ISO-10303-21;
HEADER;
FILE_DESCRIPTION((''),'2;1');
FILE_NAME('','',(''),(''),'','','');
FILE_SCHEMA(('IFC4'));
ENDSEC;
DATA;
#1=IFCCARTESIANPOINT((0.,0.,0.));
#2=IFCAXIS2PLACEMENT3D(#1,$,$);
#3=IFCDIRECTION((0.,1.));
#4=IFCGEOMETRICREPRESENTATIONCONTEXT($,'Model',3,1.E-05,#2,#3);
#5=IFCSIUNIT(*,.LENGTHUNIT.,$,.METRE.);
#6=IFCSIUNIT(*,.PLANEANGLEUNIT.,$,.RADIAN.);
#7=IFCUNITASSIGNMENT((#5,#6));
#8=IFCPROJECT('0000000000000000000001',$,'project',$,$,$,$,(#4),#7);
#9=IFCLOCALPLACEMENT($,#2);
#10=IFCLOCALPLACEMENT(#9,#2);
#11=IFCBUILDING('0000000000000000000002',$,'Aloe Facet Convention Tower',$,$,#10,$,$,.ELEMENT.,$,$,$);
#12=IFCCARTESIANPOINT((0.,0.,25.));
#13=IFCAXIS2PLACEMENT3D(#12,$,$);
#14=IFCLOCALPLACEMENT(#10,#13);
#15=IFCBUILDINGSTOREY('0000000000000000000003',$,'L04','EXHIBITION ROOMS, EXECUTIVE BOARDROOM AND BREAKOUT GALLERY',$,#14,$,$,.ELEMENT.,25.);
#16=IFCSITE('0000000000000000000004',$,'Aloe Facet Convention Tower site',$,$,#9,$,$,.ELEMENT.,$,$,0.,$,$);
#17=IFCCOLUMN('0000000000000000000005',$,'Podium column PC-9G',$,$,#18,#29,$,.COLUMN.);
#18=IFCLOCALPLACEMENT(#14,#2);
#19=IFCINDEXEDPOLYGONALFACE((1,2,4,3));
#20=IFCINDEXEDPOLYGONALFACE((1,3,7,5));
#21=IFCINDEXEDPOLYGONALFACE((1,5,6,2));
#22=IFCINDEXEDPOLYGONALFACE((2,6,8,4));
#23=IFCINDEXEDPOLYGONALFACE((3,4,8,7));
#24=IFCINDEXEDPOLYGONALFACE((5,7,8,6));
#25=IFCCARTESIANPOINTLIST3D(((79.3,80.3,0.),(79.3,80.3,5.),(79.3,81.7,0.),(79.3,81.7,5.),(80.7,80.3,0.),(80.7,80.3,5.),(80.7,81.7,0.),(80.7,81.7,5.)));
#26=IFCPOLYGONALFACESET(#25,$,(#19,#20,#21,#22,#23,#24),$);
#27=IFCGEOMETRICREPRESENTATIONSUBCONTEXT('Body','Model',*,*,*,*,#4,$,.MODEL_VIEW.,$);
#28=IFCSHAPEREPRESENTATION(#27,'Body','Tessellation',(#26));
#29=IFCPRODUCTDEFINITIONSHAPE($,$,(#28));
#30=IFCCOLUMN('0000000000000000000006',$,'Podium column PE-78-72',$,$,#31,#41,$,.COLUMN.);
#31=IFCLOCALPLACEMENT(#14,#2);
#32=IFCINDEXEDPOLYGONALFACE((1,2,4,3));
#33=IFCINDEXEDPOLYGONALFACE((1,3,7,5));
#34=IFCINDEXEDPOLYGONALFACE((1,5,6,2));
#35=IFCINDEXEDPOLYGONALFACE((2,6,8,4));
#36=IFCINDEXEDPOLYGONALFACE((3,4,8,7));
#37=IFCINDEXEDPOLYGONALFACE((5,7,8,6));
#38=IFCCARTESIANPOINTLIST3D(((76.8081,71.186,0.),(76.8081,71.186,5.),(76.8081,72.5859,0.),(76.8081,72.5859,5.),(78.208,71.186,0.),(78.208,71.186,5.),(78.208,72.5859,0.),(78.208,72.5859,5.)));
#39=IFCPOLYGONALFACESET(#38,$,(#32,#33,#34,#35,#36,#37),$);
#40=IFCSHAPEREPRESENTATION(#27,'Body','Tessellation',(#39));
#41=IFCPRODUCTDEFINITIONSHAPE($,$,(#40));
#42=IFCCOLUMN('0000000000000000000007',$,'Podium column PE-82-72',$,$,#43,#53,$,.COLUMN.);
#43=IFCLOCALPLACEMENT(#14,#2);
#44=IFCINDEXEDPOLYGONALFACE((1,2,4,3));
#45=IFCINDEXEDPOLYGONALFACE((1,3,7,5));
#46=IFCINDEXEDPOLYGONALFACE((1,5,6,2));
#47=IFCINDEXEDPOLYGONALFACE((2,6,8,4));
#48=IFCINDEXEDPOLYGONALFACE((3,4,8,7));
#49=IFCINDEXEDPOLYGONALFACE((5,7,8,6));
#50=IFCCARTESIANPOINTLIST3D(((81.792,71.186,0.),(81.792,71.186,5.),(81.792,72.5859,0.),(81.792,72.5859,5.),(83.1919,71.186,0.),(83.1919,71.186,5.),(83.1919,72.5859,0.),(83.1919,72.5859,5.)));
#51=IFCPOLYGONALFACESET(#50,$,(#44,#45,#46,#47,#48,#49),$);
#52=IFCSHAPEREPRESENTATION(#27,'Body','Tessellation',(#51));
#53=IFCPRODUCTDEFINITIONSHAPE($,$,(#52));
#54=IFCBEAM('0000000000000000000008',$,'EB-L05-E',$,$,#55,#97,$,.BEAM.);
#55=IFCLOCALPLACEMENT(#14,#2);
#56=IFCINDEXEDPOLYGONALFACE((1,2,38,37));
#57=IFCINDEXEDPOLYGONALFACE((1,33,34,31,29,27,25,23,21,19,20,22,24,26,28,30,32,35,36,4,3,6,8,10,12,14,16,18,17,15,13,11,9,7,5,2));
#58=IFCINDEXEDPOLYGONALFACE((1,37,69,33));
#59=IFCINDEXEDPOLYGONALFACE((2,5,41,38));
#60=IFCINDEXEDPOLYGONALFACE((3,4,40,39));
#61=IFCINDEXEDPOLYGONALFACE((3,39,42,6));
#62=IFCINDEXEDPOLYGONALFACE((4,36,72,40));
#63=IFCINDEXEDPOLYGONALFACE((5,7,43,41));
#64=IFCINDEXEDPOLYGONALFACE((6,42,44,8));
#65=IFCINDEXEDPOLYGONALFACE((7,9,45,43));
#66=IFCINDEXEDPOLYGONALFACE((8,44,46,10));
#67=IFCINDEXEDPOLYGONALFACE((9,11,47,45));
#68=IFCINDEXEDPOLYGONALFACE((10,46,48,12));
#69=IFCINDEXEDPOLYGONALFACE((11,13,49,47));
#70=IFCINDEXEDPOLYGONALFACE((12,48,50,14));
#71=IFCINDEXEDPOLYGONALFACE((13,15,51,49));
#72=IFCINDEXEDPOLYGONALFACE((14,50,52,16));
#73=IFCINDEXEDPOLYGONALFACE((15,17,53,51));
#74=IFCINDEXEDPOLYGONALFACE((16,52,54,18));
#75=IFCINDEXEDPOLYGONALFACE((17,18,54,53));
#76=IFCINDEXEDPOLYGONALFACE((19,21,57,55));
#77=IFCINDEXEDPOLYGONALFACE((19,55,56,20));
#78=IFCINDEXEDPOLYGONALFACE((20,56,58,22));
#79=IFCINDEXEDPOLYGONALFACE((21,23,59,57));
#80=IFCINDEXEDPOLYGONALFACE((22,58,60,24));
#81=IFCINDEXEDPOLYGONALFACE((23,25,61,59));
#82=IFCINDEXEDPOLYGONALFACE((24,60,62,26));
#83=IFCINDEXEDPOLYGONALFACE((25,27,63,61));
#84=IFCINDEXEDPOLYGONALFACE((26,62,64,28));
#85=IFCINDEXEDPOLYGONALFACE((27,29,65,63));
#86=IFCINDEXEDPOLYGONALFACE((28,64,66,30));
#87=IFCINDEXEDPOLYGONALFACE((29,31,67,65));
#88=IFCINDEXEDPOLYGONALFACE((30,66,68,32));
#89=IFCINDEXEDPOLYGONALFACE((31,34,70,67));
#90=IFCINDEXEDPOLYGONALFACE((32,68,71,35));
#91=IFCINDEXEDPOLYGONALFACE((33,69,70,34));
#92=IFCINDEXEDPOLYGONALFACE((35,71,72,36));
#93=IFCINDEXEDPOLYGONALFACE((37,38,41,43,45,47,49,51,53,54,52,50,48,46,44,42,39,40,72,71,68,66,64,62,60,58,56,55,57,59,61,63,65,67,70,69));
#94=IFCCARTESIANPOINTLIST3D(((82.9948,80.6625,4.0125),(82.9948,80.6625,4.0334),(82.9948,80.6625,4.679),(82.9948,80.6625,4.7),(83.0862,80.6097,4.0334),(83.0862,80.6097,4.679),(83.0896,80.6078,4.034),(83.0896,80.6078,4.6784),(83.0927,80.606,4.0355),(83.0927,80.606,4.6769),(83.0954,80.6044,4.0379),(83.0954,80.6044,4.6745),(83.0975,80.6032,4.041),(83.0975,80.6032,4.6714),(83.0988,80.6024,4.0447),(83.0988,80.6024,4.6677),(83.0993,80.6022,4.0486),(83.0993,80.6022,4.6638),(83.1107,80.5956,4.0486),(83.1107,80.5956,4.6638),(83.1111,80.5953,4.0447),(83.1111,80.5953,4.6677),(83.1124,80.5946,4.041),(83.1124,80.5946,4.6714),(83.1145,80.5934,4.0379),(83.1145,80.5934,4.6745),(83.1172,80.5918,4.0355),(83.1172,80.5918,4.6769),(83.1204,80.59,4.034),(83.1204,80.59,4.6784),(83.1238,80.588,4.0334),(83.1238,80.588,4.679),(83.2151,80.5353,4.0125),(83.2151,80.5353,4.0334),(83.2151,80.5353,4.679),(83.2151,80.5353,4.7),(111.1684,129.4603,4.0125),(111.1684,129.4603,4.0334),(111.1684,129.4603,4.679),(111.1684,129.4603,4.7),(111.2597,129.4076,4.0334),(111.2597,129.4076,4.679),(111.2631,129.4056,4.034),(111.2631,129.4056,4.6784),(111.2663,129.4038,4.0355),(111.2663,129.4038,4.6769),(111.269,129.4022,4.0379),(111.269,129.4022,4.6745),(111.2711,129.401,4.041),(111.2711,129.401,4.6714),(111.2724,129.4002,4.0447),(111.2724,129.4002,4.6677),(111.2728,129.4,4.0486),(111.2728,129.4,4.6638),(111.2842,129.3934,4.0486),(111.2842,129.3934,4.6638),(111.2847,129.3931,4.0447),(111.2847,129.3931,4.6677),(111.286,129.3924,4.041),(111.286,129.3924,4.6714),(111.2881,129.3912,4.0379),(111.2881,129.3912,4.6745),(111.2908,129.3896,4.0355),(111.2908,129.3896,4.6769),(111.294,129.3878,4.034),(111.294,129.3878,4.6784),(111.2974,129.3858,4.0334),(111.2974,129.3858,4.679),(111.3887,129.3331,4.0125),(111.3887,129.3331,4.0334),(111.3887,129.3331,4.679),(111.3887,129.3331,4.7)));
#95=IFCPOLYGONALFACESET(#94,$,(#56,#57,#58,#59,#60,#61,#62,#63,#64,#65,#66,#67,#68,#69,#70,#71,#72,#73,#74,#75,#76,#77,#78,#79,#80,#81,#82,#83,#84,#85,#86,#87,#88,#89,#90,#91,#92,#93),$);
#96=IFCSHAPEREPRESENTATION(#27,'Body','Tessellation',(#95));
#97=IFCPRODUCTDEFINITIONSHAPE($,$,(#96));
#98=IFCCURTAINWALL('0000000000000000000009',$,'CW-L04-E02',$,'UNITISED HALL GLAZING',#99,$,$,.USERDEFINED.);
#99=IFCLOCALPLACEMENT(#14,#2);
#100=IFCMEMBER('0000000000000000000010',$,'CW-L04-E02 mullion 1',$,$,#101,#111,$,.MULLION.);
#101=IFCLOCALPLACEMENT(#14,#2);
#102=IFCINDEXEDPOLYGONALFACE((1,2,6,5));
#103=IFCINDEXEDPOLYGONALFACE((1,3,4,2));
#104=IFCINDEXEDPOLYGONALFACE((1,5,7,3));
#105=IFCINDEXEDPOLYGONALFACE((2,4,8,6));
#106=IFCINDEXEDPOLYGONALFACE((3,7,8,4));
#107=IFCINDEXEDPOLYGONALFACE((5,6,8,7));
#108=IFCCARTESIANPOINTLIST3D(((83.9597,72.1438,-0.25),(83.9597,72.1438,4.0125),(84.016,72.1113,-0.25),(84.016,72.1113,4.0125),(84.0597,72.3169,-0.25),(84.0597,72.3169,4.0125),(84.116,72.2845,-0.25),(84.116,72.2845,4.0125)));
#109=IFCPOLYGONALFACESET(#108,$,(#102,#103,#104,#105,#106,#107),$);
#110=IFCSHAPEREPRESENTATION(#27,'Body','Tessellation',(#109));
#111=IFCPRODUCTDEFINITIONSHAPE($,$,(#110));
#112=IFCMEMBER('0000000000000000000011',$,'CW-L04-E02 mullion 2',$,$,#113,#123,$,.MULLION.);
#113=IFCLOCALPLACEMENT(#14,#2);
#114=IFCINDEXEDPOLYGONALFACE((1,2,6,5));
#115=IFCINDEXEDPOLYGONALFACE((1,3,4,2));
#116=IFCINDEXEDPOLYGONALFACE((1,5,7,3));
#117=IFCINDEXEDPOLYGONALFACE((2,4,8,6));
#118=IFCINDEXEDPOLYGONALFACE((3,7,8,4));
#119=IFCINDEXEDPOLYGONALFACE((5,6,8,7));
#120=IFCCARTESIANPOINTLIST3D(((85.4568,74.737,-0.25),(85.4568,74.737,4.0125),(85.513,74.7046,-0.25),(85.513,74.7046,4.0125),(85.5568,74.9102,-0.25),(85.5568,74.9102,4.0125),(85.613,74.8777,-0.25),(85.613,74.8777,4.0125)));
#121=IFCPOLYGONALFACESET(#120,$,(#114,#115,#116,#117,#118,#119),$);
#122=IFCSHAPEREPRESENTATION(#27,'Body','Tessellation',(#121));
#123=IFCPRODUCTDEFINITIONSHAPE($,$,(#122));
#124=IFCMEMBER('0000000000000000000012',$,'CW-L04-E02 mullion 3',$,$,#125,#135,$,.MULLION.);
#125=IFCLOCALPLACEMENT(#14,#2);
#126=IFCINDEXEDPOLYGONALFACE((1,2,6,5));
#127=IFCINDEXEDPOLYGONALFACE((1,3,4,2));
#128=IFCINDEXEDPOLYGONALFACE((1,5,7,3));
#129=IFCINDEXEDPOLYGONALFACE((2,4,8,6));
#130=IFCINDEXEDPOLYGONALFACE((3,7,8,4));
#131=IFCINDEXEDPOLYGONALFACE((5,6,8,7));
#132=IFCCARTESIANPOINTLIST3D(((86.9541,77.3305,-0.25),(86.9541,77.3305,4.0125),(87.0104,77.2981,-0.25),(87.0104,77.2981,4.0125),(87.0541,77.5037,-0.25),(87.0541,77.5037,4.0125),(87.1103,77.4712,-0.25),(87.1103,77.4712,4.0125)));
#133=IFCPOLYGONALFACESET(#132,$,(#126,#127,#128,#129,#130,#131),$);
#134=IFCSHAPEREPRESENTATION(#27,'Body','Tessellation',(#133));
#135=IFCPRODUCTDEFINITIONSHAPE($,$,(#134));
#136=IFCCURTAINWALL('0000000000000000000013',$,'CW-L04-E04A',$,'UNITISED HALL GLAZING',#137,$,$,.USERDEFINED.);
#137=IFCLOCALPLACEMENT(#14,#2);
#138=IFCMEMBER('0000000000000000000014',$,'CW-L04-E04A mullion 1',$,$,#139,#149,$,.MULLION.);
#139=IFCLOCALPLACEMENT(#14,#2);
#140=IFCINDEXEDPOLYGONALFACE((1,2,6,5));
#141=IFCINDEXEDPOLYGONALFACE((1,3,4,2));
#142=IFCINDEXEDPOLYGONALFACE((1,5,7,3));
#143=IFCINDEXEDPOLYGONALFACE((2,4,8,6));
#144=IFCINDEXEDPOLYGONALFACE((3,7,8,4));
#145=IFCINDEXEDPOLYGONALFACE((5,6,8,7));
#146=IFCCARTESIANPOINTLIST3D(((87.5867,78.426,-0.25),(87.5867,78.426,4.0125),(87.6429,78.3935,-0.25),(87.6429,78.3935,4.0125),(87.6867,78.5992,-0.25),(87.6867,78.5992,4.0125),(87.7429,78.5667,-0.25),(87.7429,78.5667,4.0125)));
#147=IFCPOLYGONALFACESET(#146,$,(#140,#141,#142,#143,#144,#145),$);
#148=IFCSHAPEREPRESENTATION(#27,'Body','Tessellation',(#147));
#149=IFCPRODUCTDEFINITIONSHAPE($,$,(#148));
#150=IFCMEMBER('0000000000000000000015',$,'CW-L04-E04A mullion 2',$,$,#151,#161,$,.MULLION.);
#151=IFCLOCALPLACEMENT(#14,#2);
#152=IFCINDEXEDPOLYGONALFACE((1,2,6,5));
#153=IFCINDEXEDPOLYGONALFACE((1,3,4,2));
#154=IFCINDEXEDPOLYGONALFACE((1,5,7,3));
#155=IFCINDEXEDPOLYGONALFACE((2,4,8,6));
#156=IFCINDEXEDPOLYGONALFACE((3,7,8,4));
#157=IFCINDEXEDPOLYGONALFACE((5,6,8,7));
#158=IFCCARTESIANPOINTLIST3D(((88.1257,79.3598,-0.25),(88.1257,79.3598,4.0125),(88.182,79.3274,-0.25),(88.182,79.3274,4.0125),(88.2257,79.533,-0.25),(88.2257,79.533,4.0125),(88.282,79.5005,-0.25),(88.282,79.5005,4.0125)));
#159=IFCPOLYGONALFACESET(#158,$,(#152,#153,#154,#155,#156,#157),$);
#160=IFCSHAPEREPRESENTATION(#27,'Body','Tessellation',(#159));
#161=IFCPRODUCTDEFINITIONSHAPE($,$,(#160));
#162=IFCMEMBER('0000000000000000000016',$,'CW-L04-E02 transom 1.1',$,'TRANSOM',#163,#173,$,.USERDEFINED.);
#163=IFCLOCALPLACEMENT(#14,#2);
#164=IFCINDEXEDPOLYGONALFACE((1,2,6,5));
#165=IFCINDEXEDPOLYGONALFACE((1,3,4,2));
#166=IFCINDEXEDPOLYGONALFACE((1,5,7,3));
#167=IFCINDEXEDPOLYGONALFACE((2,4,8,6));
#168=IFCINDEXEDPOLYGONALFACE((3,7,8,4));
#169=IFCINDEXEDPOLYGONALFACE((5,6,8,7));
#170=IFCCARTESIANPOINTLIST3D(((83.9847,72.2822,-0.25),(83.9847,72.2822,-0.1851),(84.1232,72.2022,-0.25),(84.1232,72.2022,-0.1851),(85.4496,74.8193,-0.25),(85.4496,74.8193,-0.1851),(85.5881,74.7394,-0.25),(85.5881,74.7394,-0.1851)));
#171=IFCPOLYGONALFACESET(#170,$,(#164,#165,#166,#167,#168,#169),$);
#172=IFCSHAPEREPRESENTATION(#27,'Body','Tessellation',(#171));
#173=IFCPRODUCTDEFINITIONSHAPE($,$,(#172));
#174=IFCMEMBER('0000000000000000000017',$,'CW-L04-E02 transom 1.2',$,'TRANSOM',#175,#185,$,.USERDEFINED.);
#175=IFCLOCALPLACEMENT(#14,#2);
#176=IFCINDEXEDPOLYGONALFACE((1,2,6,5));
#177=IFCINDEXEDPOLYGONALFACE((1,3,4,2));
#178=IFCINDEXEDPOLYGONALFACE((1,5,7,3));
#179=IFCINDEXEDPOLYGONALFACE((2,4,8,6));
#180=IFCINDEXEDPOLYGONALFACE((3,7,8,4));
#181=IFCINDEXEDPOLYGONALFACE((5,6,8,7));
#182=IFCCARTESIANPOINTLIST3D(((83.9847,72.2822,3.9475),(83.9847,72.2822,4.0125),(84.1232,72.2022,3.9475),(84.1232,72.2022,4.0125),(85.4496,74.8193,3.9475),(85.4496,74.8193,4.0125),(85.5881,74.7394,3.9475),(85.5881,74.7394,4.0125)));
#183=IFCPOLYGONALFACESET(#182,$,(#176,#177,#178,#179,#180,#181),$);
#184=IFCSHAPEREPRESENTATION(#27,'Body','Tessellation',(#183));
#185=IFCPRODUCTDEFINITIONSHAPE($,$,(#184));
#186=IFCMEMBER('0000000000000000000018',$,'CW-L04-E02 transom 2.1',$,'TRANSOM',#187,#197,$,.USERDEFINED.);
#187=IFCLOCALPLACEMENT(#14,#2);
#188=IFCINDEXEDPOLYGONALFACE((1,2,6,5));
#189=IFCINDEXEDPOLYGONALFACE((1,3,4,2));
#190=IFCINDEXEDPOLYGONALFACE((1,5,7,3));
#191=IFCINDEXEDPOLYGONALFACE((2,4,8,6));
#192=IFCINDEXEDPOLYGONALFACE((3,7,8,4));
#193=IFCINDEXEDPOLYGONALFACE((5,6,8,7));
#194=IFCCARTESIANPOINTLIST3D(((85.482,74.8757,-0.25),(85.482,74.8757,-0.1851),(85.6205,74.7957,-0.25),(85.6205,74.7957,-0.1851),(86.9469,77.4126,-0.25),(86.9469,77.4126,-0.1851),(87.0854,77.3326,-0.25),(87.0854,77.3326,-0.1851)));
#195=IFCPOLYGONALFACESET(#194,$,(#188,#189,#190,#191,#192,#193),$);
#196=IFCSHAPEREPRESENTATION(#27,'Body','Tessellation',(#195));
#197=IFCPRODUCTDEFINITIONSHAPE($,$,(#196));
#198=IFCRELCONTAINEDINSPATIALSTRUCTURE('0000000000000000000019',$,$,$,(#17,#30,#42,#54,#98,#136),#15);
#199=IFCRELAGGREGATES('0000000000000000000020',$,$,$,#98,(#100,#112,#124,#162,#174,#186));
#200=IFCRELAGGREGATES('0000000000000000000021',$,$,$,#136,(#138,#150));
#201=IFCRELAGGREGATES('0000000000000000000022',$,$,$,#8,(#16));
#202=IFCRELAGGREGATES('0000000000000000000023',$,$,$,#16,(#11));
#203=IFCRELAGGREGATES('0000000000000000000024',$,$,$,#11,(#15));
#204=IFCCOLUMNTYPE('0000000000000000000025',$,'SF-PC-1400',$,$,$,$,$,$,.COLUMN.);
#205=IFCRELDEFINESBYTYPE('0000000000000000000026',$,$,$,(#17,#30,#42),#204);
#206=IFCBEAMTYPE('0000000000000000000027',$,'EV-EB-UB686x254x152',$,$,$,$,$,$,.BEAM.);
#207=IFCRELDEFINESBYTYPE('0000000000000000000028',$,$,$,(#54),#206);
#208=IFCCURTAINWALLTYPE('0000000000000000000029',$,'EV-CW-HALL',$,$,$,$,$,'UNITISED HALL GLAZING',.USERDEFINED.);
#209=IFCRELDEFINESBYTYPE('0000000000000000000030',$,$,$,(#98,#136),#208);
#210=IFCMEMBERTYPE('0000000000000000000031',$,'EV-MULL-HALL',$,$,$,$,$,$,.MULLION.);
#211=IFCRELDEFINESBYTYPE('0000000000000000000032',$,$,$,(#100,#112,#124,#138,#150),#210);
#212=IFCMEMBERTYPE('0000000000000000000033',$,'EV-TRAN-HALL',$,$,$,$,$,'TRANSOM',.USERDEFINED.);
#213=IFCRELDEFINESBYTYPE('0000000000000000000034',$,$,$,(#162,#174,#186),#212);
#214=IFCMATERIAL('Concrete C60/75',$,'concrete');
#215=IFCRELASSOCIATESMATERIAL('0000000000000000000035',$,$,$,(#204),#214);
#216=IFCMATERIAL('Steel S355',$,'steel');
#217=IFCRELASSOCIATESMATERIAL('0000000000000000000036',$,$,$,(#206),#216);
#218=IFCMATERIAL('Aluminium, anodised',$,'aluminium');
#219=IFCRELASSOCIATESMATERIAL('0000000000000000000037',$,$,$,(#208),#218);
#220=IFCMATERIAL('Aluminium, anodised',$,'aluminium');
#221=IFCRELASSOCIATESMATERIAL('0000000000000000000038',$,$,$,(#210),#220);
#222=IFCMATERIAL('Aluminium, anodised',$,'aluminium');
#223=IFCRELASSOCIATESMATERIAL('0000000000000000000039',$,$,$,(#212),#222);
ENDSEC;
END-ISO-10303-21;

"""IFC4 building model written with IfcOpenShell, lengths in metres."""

from ifc_helpers import new_model, si_unit, direction, frame, origin, origin_2d, place, context, subcontext, project, spatial, rectangle, i_section, extrude, material, material_profile, profile_set, type_object, element, aggregate, save


model = new_model("IFC4")

# Units and contexts
model_context = context("Model", 3, precision=1e-05, world=origin(), true_north=direction((0.0, 1.0)))
body_context = subcontext(model_context, "Body", "Model", "MODEL_VIEW")
ifc_project = project(units=[si_unit("LENGTHUNIT", "METRE"), si_unit("PLANEANGLEUNIT", "RADIAN")], contexts=[model_context])

# Site, building, storey
site_placement = place(None, origin())
site = spatial("IfcSite", under=ifc_project, at=site_placement, Name="Aloe Facet Convention Tower site", CompositionType="ELEMENT", RefElevation=0.0)
building_placement = place(site_placement, origin())
building = spatial("IfcBuilding", under=site, at=building_placement, Name="Aloe Facet Convention Tower", CompositionType="ELEMENT")
storey_placement = place(building_placement, frame((0.0, 0.0, 25.0)))
storey = spatial("IfcBuildingStorey", under=building, at=storey_placement, Name="L04", Description="EXHIBITION ROOMS, EXECUTIVE BOARDROOM AND BREAKOUT GALLERY", CompositionType="ELEMENT", Elevation=25.0)

# Columns
ifc_material_1 = material(Name="Concrete C60/75", Category="concrete")
ifc_material_profile_1 = material_profile(ifc_material_1, rectangle(XDim=1.3999, YDim=1.3999, at=origin_2d()), Name="SF-PC-1400")
ifc_profile_set_1 = profile_set([ifc_material_profile_1], Name="Concrete C60/75")
column_type = type_object("IfcColumnType", Name="SF-PC-1400", PredefinedType="COLUMN", material=ifc_profile_set_1)
for number, where, z_axis, x_axis, name in (
    (1, (80.0, 81.0, 0.0), (0.0, 0.0, 1.0), (1.0, 0.0, 0.0), "Podium column PC-9G"),
    (2, (77.5081, 71.886, 0.0), (0.0, 0.0, 1.0), (1.0, 0.0, 0.0), "Podium column PE-78-72"),
    (3, (82.4919, 71.886, 0.0), (0.0, 0.0, 1.0), (1.0, 0.0, 0.0), "Podium column PE-82-72"),
):
    element("IfcColumn", number, at=place(storey_placement, frame(where, z_axis=z_axis, x_axis=x_axis)), inside=storey, type_object=column_type, Name=name, PredefinedType="COLUMN", context=body_context, shape_type="SweptSolid", body=[
        extrude(rectangle(XDim=1.3999, YDim=1.3999, at=origin_2d()), origin(), (0.0, 0.0, 1.0), 5.0),
    ])

# Beam
ifc_material_2 = material(Name="Steel S355", Category="steel")
ifc_material_profile_2 = material_profile(ifc_material_2, i_section(OverallWidth=0.2544, OverallDepth=0.6875, WebThickness=0.0132, FlangeThickness=0.021, FilletRadius=0.0151, at=origin_2d()), Name="UB 686x254x152")
ifc_profile_set_2 = profile_set([ifc_material_profile_2], Name="Steel S355")
beam_type_1 = type_object("IfcBeamType", Name="EV-EB-UB686x254x152", PredefinedType="BEAM", material=ifc_profile_set_2)
beam_1_placement = place(storey_placement, frame((83.105, 80.5989, 4.3562), z_axis=(0.500002, 0.866024, 0.0), x_axis=(-0.866024, 0.500002, 0.0)))
element("IfcBeam", 4, at=beam_1_placement, inside=storey, type_object=beam_type_1, Name="EB-L05-E", PredefinedType="BEAM", context=body_context, shape_type="SweptSolid", body=[
    extrude(i_section(OverallWidth=0.2544, OverallDepth=0.6875, WebThickness=0.0132, FlangeThickness=0.021, FilletRadius=0.0151, at=origin_2d()), origin(), (0.0, 0.0, 1.0), 56.3469),
])

# Curtain walls, members
ifc_material_3 = material(Name="Aluminium, anodised", Category="aluminium")
curtain_wall_type = type_object("IfcCurtainWallType", Name="EV-CW-HALL", ElementType="UNITISED HALL GLAZING", PredefinedType="USERDEFINED", material=ifc_material_3)
curtain_wall_1_placement = place(storey_placement, origin())
curtain_wall_1 = element("IfcCurtainWall", 5, at=curtain_wall_1_placement, inside=storey, type_object=curtain_wall_type, Name="CW-L04-E02", ObjectType="UNITISED HALL GLAZING", PredefinedType="USERDEFINED")
ifc_material_4 = material(Name="Aluminium, anodised", Category="aluminium")
ifc_material_profile_3 = material_profile(ifc_material_4, rectangle(XDim=0.0649, YDim=0.2, at=origin_2d()), Name="AL 65x200")
ifc_profile_set_3 = profile_set([ifc_material_profile_3], Name="Aluminium, anodised")
member_type_1 = type_object("IfcMemberType", Name="EV-MULL-HALL", PredefinedType="MULLION", material=ifc_profile_set_3)
member_1_placement = place(storey_placement, frame((84.0378, 72.2141, -0.25), z_axis=(0.0, 0.0, 1.0), x_axis=(-0.866025, 0.5, 0.0)))
member_1 = element("IfcMember", 6, at=member_1_placement, type_object=member_type_1, Name="CW-L04-E02 mullion 1", PredefinedType="MULLION", context=body_context, shape_type="SweptSolid", body=[
    extrude(rectangle(XDim=0.0649, YDim=0.2, at=origin_2d()), origin(), (0.0, 0.0, 1.0), 4.2625),
])
member_2_placement = place(storey_placement, frame((85.5349, 74.8074, -0.25), z_axis=(0.0, 0.0, 1.0), x_axis=(-0.866025, 0.5, 0.0)))
member_2 = element("IfcMember", 7, at=member_2_placement, type_object=member_type_1, Name="CW-L04-E02 mullion 2", PredefinedType="MULLION", context=body_context, shape_type="SweptSolid", body=[
    extrude(rectangle(XDim=0.0649, YDim=0.2, at=origin_2d()), origin(), (0.0, 0.0, 1.0), 4.2625),
])
member_3_placement = place(storey_placement, frame((87.0322, 77.4009, -0.25), z_axis=(0.0, 0.0, 1.0), x_axis=(-0.866025, 0.5, 0.0)))
member_3 = element("IfcMember", 8, at=member_3_placement, type_object=member_type_1, Name="CW-L04-E02 mullion 3", PredefinedType="MULLION", context=body_context, shape_type="SweptSolid", body=[
    extrude(rectangle(XDim=0.0649, YDim=0.2, at=origin_2d()), origin(), (0.0, 0.0, 1.0), 4.2625),
])
curtain_wall_2_placement = place(storey_placement, origin())
curtain_wall_2 = element("IfcCurtainWall", 9, at=curtain_wall_2_placement, inside=storey, type_object=curtain_wall_type, Name="CW-L04-E04A", ObjectType="UNITISED HALL GLAZING", PredefinedType="USERDEFINED")
member_4_placement = place(storey_placement, frame((87.6648, 78.4963, -0.25), z_axis=(0.0, 0.0, 1.0), x_axis=(-0.866025, 0.5, 0.0)))
member_4 = element("IfcMember", 10, at=member_4_placement, type_object=member_type_1, Name="CW-L04-E04A mullion 1", PredefinedType="MULLION", context=body_context, shape_type="SweptSolid", body=[
    extrude(rectangle(XDim=0.0649, YDim=0.2, at=origin_2d()), origin(), (0.0, 0.0, 1.0), 4.2625),
])
member_5_placement = place(storey_placement, frame((88.2039, 79.4302, -0.25), z_axis=(0.0, 0.0, 1.0), x_axis=(-0.866025, 0.5, 0.0)))
member_5 = element("IfcMember", 11, at=member_5_placement, type_object=member_type_1, Name="CW-L04-E04A mullion 2", PredefinedType="MULLION", context=body_context, shape_type="SweptSolid", body=[
    extrude(rectangle(XDim=0.0649, YDim=0.2, at=origin_2d()), origin(), (0.0, 0.0, 1.0), 4.2625),
])

# Members
ifc_material_5 = material(Name="Aluminium, anodised", Category="aluminium")
ifc_material_profile_4 = material_profile(ifc_material_5, rectangle(XDim=0.1599, YDim=0.0649, at=origin_2d()), Name="AL 160x65")
ifc_profile_set_4 = profile_set([ifc_material_profile_4], Name="Aluminium, anodised")
member_type_2 = type_object("IfcMemberType", Name="EV-TRAN-HALL", ElementType="TRANSOM", PredefinedType="USERDEFINED", material=ifc_profile_set_4)
member_6_placement = place(storey_placement, frame((84.054, 72.2422, -0.2175), z_axis=(0.500011, 0.866019, 0.0), x_axis=(-0.866019, 0.500011, 0.0)))
member_6 = element("IfcMember", 12, at=member_6_placement, type_object=member_type_2, Name="CW-L04-E02 transom 1.1", ObjectType="TRANSOM", PredefinedType="USERDEFINED", context=body_context, shape_type="SweptSolid", body=[
    extrude(rectangle(XDim=0.1599, YDim=0.0649, at=origin_2d()), origin(), (0.0, 0.0, 1.0), 2.9297),
])
member_7_placement = place(storey_placement, frame((84.054, 72.2422, 3.98), z_axis=(0.500011, 0.866019, 0.0), x_axis=(-0.866019, 0.500011, 0.0)))
member_7 = element("IfcMember", 13, at=member_7_placement, type_object=member_type_2, Name="CW-L04-E02 transom 1.2", ObjectType="TRANSOM", PredefinedType="USERDEFINED", context=body_context, shape_type="SweptSolid", body=[
    extrude(rectangle(XDim=0.1599, YDim=0.0649, at=origin_2d()), origin(), (0.0, 0.0, 1.0), 2.9297),
])
member_8_placement = place(storey_placement, frame((85.5513, 74.8357, -0.2175), z_axis=(0.500047, 0.865998, 0.0), x_axis=(-0.865998, 0.500047, 0.0)))
member_8 = element("IfcMember", 14, at=member_8_placement, type_object=member_type_2, Name="CW-L04-E02 transom 2.1", ObjectType="TRANSOM", PredefinedType="USERDEFINED", context=body_context, shape_type="SweptSolid", body=[
    extrude(rectangle(XDim=0.1599, YDim=0.0649, at=origin_2d()), origin(), (0.0, 0.0, 1.0), 2.9294),
])

aggregate(curtain_wall_1, [member_1, member_2, member_3, member_6, member_7, member_8])
aggregate(curtain_wall_2, [member_4, member_5])

save(model, "model.ifc")
